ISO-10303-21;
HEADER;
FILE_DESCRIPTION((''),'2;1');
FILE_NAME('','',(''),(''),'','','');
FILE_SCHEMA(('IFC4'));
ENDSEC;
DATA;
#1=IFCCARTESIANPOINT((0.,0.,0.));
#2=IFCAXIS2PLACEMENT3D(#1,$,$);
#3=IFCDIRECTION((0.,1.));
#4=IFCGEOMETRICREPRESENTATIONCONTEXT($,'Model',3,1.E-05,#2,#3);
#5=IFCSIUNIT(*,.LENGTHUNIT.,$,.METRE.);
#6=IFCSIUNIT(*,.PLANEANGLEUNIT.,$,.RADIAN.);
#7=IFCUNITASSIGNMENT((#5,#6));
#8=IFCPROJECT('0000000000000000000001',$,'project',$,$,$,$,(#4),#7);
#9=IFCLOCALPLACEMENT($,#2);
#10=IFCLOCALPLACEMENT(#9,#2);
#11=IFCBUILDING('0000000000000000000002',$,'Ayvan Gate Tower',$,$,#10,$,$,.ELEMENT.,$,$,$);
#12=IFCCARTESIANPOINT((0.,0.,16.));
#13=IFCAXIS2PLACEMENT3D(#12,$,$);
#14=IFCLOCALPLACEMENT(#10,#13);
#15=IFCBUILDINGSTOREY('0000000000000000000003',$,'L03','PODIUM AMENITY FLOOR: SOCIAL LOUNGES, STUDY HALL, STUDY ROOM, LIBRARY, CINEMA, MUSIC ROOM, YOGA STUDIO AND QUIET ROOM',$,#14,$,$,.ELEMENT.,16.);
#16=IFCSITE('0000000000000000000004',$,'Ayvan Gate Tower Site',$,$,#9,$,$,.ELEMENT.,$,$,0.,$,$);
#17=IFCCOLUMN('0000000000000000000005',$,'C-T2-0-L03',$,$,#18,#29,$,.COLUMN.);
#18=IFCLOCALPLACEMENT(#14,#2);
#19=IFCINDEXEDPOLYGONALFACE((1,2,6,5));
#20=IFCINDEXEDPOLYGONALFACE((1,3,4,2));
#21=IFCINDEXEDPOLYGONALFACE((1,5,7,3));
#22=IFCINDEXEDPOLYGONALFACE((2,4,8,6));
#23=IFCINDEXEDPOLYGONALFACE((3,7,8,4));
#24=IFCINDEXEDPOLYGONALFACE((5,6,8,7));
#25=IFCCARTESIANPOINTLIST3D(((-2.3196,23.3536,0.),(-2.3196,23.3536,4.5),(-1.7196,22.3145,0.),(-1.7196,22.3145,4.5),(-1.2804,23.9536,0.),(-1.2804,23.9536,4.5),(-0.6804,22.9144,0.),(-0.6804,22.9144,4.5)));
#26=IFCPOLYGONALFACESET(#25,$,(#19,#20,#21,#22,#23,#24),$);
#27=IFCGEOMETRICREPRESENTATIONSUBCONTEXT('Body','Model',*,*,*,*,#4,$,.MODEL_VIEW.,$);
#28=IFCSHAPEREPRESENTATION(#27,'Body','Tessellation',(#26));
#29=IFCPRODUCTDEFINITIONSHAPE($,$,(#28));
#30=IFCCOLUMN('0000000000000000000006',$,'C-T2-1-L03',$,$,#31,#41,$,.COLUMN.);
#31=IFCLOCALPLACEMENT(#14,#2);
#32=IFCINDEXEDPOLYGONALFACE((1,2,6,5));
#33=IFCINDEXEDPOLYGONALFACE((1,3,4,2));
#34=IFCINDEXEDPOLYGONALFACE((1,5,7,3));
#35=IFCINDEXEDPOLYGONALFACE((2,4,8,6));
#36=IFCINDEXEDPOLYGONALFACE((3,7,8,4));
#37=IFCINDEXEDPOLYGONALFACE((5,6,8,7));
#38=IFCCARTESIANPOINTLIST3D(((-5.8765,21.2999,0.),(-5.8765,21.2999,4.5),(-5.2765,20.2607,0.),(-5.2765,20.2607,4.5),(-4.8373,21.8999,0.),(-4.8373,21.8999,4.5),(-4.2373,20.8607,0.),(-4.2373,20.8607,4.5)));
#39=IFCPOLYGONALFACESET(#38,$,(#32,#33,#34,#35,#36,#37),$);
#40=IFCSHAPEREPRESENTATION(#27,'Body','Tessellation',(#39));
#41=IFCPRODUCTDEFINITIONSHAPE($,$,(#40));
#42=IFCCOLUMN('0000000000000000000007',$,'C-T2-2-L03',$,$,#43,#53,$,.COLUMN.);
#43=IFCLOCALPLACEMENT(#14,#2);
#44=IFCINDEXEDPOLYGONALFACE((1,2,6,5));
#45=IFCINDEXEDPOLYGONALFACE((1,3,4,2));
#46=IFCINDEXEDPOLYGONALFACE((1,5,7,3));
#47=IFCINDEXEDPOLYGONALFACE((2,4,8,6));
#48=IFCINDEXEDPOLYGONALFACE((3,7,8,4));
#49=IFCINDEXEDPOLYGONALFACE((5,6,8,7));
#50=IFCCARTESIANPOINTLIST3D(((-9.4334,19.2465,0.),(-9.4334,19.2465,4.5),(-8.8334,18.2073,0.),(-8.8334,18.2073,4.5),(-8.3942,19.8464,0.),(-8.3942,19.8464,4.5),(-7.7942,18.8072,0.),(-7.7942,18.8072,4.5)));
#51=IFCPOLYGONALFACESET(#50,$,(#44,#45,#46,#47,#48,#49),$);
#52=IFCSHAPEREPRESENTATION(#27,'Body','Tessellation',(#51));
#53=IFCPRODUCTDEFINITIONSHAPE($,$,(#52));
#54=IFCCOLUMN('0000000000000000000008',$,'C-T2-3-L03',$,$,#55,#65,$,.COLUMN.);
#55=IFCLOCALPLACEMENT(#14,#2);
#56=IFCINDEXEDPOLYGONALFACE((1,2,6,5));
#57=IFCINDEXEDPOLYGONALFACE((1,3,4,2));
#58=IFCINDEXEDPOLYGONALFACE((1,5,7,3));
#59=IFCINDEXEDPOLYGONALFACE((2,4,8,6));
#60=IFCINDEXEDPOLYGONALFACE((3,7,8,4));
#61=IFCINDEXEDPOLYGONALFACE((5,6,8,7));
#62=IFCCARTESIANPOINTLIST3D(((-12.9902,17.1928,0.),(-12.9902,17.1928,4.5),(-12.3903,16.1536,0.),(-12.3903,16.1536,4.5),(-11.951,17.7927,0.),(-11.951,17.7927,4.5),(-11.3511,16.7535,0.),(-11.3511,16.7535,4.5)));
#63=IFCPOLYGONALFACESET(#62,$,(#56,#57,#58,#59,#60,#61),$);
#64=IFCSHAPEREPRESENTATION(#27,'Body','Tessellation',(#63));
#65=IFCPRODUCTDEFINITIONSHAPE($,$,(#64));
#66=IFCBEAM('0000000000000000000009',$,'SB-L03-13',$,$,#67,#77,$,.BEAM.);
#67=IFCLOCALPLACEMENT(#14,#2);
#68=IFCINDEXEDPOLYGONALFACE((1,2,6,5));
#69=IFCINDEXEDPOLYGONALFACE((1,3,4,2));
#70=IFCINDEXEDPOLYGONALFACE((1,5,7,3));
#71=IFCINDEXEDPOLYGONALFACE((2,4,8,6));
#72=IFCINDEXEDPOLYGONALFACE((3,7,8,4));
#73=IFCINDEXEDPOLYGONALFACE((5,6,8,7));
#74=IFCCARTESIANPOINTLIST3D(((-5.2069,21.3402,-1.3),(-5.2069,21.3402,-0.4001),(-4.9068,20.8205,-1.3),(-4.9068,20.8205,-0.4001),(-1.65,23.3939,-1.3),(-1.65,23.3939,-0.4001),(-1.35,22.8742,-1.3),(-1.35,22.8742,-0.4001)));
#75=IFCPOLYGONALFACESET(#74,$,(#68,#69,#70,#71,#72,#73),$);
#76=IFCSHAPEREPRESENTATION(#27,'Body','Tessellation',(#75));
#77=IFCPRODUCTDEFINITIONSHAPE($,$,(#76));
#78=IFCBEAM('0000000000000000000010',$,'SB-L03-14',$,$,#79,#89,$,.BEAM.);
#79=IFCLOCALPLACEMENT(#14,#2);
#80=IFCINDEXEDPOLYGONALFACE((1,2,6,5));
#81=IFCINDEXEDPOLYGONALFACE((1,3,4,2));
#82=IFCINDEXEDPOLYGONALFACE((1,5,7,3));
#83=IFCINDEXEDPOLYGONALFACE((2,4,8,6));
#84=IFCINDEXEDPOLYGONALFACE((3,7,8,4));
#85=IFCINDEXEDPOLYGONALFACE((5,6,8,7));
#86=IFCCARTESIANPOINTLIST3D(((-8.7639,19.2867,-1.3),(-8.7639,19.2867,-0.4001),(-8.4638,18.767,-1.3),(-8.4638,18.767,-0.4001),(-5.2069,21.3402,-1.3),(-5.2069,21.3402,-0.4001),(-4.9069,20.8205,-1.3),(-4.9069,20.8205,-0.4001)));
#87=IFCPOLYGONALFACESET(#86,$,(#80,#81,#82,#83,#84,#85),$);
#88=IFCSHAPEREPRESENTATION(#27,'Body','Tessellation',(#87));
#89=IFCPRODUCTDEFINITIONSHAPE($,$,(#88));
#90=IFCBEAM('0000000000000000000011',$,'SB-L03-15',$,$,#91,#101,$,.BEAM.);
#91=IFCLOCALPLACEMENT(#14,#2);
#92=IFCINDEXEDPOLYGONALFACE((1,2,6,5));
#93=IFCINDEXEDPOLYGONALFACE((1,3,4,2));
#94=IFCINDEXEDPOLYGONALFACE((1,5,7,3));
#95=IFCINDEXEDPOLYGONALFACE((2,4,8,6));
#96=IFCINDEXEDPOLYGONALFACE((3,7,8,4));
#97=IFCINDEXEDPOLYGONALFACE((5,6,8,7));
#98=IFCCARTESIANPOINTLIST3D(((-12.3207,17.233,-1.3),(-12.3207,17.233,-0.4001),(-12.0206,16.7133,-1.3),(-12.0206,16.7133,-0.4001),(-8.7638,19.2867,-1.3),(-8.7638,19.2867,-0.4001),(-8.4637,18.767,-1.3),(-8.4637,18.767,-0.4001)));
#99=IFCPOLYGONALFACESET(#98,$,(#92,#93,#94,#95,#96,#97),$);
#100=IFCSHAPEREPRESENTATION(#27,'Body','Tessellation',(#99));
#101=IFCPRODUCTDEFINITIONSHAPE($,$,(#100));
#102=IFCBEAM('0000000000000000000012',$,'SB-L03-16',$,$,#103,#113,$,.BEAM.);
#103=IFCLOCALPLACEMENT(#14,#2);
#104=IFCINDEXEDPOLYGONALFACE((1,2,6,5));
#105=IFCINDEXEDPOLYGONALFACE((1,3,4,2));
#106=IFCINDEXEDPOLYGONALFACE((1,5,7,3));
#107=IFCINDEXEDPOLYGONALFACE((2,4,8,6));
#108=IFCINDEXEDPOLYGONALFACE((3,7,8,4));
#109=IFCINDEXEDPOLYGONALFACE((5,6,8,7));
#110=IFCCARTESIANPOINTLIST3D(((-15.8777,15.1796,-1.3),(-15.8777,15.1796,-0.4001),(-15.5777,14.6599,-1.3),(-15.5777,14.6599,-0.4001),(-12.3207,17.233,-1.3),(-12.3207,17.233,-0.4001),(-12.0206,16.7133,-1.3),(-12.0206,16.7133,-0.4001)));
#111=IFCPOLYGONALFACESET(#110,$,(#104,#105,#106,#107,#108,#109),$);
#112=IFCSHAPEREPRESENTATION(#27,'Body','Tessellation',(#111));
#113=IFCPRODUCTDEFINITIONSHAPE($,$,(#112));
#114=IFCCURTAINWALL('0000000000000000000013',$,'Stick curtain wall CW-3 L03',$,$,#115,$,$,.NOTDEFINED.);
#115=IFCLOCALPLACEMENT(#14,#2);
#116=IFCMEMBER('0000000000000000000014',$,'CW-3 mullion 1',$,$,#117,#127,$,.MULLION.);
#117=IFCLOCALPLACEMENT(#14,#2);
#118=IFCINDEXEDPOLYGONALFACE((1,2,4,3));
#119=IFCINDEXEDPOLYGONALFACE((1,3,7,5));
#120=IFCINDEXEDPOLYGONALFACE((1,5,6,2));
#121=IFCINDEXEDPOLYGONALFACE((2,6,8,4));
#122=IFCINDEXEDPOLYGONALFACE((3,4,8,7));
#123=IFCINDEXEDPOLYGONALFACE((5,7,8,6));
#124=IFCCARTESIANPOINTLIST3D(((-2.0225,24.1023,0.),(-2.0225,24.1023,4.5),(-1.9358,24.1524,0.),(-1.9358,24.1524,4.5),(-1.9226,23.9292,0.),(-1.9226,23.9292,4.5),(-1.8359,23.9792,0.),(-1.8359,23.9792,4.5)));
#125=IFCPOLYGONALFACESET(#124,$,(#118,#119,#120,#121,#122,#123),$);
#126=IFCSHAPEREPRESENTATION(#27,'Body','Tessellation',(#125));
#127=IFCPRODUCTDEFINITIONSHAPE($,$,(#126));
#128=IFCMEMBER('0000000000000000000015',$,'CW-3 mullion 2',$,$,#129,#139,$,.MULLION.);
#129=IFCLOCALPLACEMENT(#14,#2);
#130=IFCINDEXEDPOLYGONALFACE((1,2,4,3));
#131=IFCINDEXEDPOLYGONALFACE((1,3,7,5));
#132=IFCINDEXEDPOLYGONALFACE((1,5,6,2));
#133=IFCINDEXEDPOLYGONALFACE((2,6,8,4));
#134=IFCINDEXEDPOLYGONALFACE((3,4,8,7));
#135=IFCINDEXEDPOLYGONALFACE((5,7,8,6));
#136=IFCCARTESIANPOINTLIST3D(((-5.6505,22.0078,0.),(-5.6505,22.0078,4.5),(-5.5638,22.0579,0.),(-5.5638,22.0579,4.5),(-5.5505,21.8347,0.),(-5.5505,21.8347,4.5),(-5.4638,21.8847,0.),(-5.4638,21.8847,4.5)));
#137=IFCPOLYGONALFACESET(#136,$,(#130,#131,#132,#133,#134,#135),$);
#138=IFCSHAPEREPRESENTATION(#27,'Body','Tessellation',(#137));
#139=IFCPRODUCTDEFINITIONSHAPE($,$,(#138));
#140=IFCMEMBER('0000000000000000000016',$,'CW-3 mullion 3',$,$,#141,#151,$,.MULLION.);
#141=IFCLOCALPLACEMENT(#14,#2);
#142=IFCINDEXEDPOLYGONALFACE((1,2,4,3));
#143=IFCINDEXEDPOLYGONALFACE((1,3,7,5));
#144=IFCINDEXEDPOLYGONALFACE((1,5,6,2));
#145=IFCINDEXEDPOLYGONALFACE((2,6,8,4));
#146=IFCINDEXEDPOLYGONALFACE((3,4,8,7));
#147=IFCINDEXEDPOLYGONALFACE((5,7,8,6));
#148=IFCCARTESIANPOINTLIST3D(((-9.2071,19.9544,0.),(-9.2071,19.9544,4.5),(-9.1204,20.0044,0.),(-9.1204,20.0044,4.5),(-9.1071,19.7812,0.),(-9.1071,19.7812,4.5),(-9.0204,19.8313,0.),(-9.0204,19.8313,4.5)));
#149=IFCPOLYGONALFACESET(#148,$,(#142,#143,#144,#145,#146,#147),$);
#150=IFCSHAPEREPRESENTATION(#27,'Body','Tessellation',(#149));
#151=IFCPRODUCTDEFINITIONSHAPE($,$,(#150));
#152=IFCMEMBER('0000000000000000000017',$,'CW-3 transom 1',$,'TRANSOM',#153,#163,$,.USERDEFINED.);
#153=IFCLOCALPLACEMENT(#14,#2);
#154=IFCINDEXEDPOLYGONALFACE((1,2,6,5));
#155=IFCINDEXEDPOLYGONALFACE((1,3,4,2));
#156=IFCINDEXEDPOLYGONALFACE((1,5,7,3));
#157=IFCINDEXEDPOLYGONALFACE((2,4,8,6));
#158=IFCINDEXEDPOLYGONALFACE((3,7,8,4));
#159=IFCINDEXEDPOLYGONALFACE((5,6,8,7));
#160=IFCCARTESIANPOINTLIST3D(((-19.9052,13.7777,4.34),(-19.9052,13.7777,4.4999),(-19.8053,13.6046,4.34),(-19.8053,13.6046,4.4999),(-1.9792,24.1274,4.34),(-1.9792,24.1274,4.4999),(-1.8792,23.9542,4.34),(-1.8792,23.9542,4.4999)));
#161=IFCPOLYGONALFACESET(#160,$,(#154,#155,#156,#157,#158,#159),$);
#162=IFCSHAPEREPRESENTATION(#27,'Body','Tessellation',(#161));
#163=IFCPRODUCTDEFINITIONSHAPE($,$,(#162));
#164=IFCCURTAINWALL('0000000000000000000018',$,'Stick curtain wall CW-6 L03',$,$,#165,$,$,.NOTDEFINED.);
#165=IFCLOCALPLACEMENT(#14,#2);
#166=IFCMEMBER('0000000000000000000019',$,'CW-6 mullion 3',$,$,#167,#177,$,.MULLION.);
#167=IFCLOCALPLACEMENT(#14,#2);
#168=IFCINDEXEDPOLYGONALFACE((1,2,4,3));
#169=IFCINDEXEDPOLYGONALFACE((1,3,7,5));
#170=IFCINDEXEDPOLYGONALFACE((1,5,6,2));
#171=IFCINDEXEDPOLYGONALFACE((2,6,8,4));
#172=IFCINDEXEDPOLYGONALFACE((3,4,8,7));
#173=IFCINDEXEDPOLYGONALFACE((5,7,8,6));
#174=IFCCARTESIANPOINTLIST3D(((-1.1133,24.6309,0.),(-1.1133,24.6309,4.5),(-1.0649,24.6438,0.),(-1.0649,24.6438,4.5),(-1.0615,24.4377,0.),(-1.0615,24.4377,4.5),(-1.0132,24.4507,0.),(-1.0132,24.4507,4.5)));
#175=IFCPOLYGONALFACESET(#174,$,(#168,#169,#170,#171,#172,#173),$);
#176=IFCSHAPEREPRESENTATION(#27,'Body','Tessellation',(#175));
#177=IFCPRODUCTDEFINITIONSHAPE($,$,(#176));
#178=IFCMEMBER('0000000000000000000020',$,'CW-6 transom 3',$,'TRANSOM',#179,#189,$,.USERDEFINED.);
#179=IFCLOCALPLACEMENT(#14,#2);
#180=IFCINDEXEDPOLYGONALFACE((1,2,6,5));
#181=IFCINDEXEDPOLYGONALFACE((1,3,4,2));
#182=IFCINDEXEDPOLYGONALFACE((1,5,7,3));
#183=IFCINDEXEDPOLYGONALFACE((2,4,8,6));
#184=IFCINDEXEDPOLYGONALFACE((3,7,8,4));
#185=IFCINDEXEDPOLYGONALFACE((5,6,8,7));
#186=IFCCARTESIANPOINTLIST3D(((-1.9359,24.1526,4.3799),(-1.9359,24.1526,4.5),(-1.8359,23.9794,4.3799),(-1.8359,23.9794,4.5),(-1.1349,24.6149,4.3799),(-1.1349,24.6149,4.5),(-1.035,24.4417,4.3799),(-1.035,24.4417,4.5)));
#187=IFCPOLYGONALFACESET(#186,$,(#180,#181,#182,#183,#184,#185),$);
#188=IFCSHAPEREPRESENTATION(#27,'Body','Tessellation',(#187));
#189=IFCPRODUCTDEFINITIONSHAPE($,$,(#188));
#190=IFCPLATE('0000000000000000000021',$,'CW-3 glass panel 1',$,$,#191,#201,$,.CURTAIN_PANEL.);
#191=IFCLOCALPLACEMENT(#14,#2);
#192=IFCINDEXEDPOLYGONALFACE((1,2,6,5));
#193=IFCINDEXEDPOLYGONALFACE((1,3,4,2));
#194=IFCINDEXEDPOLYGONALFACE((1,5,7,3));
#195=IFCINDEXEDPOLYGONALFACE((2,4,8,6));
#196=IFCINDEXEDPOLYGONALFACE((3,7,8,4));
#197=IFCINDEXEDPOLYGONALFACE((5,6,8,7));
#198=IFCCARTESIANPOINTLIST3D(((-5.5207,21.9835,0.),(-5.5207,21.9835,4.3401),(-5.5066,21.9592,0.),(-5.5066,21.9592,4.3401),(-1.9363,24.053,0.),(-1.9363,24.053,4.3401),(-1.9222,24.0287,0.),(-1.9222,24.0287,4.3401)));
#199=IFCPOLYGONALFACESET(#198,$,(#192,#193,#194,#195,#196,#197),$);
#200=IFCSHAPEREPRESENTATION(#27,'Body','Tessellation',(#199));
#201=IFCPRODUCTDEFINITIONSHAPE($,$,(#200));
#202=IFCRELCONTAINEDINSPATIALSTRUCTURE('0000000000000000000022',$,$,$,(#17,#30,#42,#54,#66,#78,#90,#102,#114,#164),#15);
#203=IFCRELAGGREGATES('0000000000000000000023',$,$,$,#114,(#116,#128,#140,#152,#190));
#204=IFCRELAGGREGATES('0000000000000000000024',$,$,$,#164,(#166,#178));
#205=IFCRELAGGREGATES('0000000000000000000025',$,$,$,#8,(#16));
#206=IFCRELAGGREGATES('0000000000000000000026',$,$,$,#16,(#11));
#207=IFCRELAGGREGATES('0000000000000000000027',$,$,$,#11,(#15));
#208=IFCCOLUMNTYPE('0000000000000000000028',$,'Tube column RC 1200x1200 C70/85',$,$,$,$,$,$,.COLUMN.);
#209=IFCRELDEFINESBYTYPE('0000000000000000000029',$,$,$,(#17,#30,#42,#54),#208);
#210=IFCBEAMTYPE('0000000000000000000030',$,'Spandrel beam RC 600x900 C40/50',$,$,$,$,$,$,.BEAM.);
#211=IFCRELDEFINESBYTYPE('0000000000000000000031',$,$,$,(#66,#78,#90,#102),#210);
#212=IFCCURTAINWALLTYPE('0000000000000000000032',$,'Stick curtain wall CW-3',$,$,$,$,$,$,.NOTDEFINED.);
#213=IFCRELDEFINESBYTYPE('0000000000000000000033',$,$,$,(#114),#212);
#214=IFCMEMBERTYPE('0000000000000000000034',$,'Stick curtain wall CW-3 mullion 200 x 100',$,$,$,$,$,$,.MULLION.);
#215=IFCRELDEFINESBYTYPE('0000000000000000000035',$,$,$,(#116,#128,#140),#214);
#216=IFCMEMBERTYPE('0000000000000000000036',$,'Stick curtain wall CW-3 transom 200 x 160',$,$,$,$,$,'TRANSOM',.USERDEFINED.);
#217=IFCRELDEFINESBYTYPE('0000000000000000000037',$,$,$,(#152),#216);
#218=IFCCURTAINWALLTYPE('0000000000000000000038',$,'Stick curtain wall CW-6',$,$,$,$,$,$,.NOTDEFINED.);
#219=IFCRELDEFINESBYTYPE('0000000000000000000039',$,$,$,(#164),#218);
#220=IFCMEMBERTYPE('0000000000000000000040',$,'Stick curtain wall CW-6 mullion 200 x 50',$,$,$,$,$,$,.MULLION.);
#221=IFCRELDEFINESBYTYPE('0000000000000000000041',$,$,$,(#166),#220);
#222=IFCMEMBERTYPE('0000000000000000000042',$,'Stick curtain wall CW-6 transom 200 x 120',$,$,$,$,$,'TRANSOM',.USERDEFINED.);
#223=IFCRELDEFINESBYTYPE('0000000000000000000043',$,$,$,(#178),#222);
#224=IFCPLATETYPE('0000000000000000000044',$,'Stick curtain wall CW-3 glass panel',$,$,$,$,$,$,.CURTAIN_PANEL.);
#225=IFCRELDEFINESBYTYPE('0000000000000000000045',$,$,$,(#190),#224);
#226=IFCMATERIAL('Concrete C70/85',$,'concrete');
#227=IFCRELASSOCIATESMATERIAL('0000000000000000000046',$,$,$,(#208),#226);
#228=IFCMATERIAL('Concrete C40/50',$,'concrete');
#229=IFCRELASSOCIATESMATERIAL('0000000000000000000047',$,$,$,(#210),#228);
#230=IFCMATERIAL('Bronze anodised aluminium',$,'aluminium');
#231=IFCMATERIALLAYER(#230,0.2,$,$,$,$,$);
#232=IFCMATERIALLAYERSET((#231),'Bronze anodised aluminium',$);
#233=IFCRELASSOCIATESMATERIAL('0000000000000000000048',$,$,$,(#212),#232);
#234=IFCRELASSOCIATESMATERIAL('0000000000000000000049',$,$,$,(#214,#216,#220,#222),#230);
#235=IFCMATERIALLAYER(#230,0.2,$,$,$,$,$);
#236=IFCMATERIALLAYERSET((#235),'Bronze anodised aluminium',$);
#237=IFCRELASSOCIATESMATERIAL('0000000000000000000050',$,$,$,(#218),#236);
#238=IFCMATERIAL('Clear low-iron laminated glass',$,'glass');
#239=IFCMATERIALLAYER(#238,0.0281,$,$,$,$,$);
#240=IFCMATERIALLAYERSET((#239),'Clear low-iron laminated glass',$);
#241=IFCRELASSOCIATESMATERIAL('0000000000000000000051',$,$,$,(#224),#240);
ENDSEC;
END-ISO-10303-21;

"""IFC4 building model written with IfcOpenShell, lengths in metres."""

from ifc_helpers import new_model, si_unit, direction, frame, origin, origin_2d, place, context, subcontext, project, spatial, rectangle, extrude, material, layer, layer_set, material_profile, profile_set, type_object, element, aggregate, save


model = new_model("IFC4")

# Units and contexts
model_context = context("Model", 3, precision=1e-05, world=origin(), true_north=direction((0.0, 1.0)))
body_context = subcontext(model_context, "Body", "Model", "MODEL_VIEW")
ifc_project = project(units=[si_unit("LENGTHUNIT", "METRE"), si_unit("PLANEANGLEUNIT", "RADIAN")], contexts=[model_context])

# Site, building, storey
site_placement = place(None, origin())
site = spatial("IfcSite", under=ifc_project, at=site_placement, Name="Ayvan Gate Tower Site", CompositionType="ELEMENT", RefElevation=0.0)
building_placement = place(site_placement, origin())
building = spatial("IfcBuilding", under=site, at=building_placement, Name="Ayvan Gate Tower", CompositionType="ELEMENT")
storey_placement = place(building_placement, frame((0.0, 0.0, 16.0)))
storey = spatial("IfcBuildingStorey", under=building, at=storey_placement, Name="L03", Description="PODIUM AMENITY FLOOR: SOCIAL LOUNGES, STUDY HALL, STUDY ROOM, LIBRARY, CINEMA, MUSIC ROOM, YOGA STUDIO AND QUIET ROOM", CompositionType="ELEMENT", Elevation=16.0)

# Columns
ifc_material_1 = material(Name="Concrete C70/85", Category="concrete")
ifc_material_profile_1 = material_profile(ifc_material_1, rectangle(XDim=1.2, YDim=1.2, at=origin_2d()), Name="RC 1200x1200")
ifc_profile_set_1 = profile_set([ifc_material_profile_1], Name="Concrete C70/85")
column_type = type_object("IfcColumnType", Name="Tube column RC 1200x1200 C70/85", PredefinedType="COLUMN", material=ifc_profile_set_1)
for number, where, z_axis, x_axis, name in (
    (1, (-1.5, 23.134, 0.0), (0.0, 0.0, 1.0), (-0.5, 0.866025, 0.0), "C-T2-0-L03"),
    (2, (-5.0569, 21.0803, 0.0), (0.0, 0.0, 1.0), (-0.5, 0.866025, 0.0), "C-T2-1-L03"),
    (3, (-8.6138, 19.0269, 0.0), (0.0, 0.0, 1.0), (-0.5, 0.866025, 0.0), "C-T2-2-L03"),
    (4, (-12.1707, 16.9731, 0.0), (0.0, 0.0, 1.0), (-0.5, 0.866025, 0.0), "C-T2-3-L03"),
):
    element("IfcColumn", number, at=place(storey_placement, frame(where, z_axis=z_axis, x_axis=x_axis)), inside=storey, type_object=column_type, Name=name, PredefinedType="COLUMN", context=body_context, shape_type="SweptSolid", body=[
        extrude(rectangle(XDim=1.2, YDim=1.2, at=origin_2d()), origin(), (0.0, 0.0, 1.0), 4.5),
    ])

# Beams
ifc_material_2 = material(Name="Concrete C40/50", Category="concrete")
ifc_material_profile_2 = material_profile(ifc_material_2, rectangle(XDim=0.6001, YDim=0.8999, at=origin_2d()), Name="RC 600x900")
ifc_profile_set_2 = profile_set([ifc_material_profile_2], Name="Concrete C40/50")
beam_type = type_object("IfcBeamType", Name="Spandrel beam RC 600x900 C40/50", PredefinedType="BEAM", material=ifc_profile_set_2)
for number, where, z_axis, x_axis, name in (
    (5, (-1.5, 23.134, -0.8501), (-0.86601, -0.500026, 0.0), (0.500026, -0.86601, 0.0), "SB-L03-13"),
    (6, (-5.0569, 21.0803, -0.8501), (-0.866036, -0.499981, 0.0), (0.499981, -0.866036, 0.0), "SB-L03-14"),
    (7, (-8.6138, 19.0269, -0.8501), (-0.86601, -0.500026, 0.0), (0.500026, -0.86601, 0.0), "SB-L03-15"),
    (8, (-12.1707, 16.9731, -0.8501), (-0.866051, -0.499956, 0.0), (0.499956, -0.866051, 0.0), "SB-L03-16"),
):
    element("IfcBeam", number, at=place(storey_placement, frame(where, z_axis=z_axis, x_axis=x_axis)), inside=storey, type_object=beam_type, Name=name, PredefinedType="BEAM", context=body_context, shape_type="SweptSolid", body=[
        extrude(rectangle(XDim=0.6001, YDim=0.8999, at=origin_2d()), origin(), (0.0, 0.0, 1.0), 4.1072),
    ])

# Curtain walls, members
ifc_material_3 = material(Name="Bronze anodised aluminium", Category="aluminium")
ifc_layer_1 = layer(ifc_material_3, 0.2)
ifc_layer_set_1 = layer_set([ifc_layer_1], Name="Bronze anodised aluminium")
curtain_wall_type_1 = type_object("IfcCurtainWallType", Name="Stick curtain wall CW-3", PredefinedType="NOTDEFINED", material=ifc_layer_set_1)
curtain_wall_1_placement = place(storey_placement, origin())
curtain_wall_1 = element("IfcCurtainWall", 9, at=curtain_wall_1_placement, inside=storey, type_object=curtain_wall_type_1, Name="Stick curtain wall CW-3 L03", PredefinedType="NOTDEFINED")
ifc_material_profile_3 = material_profile(ifc_material_3, rectangle(XDim=0.2, YDim=0.1001, at=origin_2d()), Name="Stick curtain wall CW-3 mullion 200 x 100")
ifc_profile_set_3 = profile_set([ifc_material_profile_3], Name="Bronze anodised aluminium")
member_type_1 = type_object("IfcMemberType", Name="Stick curtain wall CW-3 mullion 200 x 100", PredefinedType="MULLION", material=ifc_profile_set_3)
member_1_placement = place(storey_placement, frame((-1.9292, 24.0408, 0.0), z_axis=(0.0, 0.0, 1.0), x_axis=(-0.5, 0.866025, 0.0)))
member_1 = element("IfcMember", 10, at=member_1_placement, type_object=member_type_1, Name="CW-3 mullion 1", PredefinedType="MULLION", context=body_context, shape_type="SweptSolid", body=[
    extrude(rectangle(XDim=0.2, YDim=0.1001, at=origin_2d()), origin(), (0.0, 0.0, 1.0), 4.5),
])
member_2_placement = place(storey_placement, frame((-5.5571, 21.9463, 0.0), z_axis=(0.0, 0.0, 1.0), x_axis=(-0.5, 0.866025, 0.0)))
member_2 = element("IfcMember", 11, at=member_2_placement, type_object=member_type_1, Name="CW-3 mullion 2", PredefinedType="MULLION", context=body_context, shape_type="SweptSolid", body=[
    extrude(rectangle(XDim=0.2, YDim=0.1001, at=origin_2d()), origin(), (0.0, 0.0, 1.0), 4.5),
])
member_3_placement = place(storey_placement, frame((-9.1138, 19.8928, 0.0), z_axis=(0.0, 0.0, 1.0), x_axis=(-0.5, 0.866025, 0.0)))
member_3 = element("IfcMember", 12, at=member_3_placement, type_object=member_type_1, Name="CW-3 mullion 3", PredefinedType="MULLION", context=body_context, shape_type="SweptSolid", body=[
    extrude(rectangle(XDim=0.2, YDim=0.1001, at=origin_2d()), origin(), (0.0, 0.0, 1.0), 4.5),
])
ifc_material_profile_4 = material_profile(ifc_material_3, rectangle(XDim=0.2, YDim=0.1599, at=origin_2d()), Name="Stick curtain wall CW-3 transom 200 x 160")
ifc_profile_set_4 = profile_set([ifc_material_profile_4], Name="Bronze anodised aluminium")
member_type_2 = type_object("IfcMemberType", Name="Stick curtain wall CW-3 transom 200 x 160", ElementType="TRANSOM", PredefinedType="USERDEFINED", material=ifc_profile_set_4)
member_4_placement = place(storey_placement, frame((-1.9292, 24.0408, 4.4199), z_axis=(-0.866025, -0.5, 0.0), x_axis=(0.5, -0.866025, 0.0)))
member_4 = element("IfcMember", 13, at=member_4_placement, type_object=member_type_2, Name="CW-3 transom 1", ObjectType="TRANSOM", PredefinedType="USERDEFINED", context=body_context, shape_type="SweptSolid", body=[
    extrude(rectangle(XDim=0.2, YDim=0.1599, at=origin_2d()), origin(), (0.0, 0.0, 1.0), 20.6992),
])
ifc_layer_2 = layer(ifc_material_3, 0.2)
ifc_layer_set_2 = layer_set([ifc_layer_2], Name="Bronze anodised aluminium")
curtain_wall_type_2 = type_object("IfcCurtainWallType", Name="Stick curtain wall CW-6", PredefinedType="NOTDEFINED", material=ifc_layer_set_2)
curtain_wall_2_placement = place(storey_placement, origin())
curtain_wall_2 = element("IfcCurtainWall", 14, at=curtain_wall_2_placement, inside=storey, type_object=curtain_wall_type_2, Name="Stick curtain wall CW-6 L03", PredefinedType="NOTDEFINED")
ifc_material_profile_5 = material_profile(ifc_material_3, rectangle(XDim=0.2, YDim=0.05, at=origin_2d()), Name="Stick curtain wall CW-6 mullion 200 x 50")
ifc_profile_set_5 = profile_set([ifc_material_profile_5], Name="Bronze anodised aluminium")
member_type_3 = type_object("IfcMemberType", Name="Stick curtain wall CW-6 mullion 200 x 50", PredefinedType="MULLION", material=ifc_profile_set_5)
member_5_placement = place(storey_placement, frame((-1.0632, 24.5408, 0.0), z_axis=(0.0, 0.0, 1.0), x_axis=(-0.258819, 0.965926, 0.0)))
member_5 = element("IfcMember", 15, at=member_5_placement, type_object=member_type_3, Name="CW-6 mullion 3", PredefinedType="MULLION", context=body_context, shape_type="SweptSolid", body=[
    extrude(rectangle(XDim=0.2, YDim=0.05, at=origin_2d()), origin(), (0.0, 0.0, 1.0), 4.5),
])
ifc_material_profile_6 = material_profile(ifc_material_3, rectangle(XDim=0.2, YDim=0.1201, at=origin_2d()), Name="Stick curtain wall CW-6 transom 200 x 120")
ifc_profile_set_6 = profile_set([ifc_material_profile_6], Name="Bronze anodised aluminium")
member_type_4 = type_object("IfcMemberType", Name="Stick curtain wall CW-6 transom 200 x 120", ElementType="TRANSOM", PredefinedType="USERDEFINED", material=ifc_profile_set_6)
member_6_placement = place(storey_placement, frame((-1.085, 24.5283, 4.4399), z_axis=(-0.866058, -0.499943, 0.0), x_axis=(0.499943, -0.866058, 0.0)))
member_6 = element("IfcMember", 16, at=member_6_placement, type_object=member_type_4, Name="CW-6 transom 3", ObjectType="TRANSOM", PredefinedType="USERDEFINED", context=body_context, shape_type="SweptSolid", body=[
    extrude(rectangle(XDim=0.2, YDim=0.1201, at=origin_2d()), origin(), (0.0, 0.0, 1.0), 0.9248),
])

# Plate
ifc_material_4 = material(Name="Clear low-iron laminated glass", Category="glass")
ifc_layer_3 = layer(ifc_material_4, 0.0281)
ifc_layer_set_3 = layer_set([ifc_layer_3], Name="Clear low-iron laminated glass")
plate_type_1 = type_object("IfcPlateType", Name="Stick curtain wall CW-3 glass panel", PredefinedType="CURTAIN_PANEL", material=ifc_layer_set_3)
plate_1_placement = place(storey_placement, frame((-3.7214, 23.0061, 0.0), z_axis=(0.0, 0.0, 1.0), x_axis=(-0.866025, -0.5, 0.0)))
plate_1 = element("IfcPlate", 17, at=plate_1_placement, type_object=plate_type_1, Name="CW-3 glass panel 1", PredefinedType="CURTAIN_PANEL", context=body_context, shape_type="SweptSolid", body=[
    extrude(rectangle(XDim=4.1389, YDim=0.0281, at=origin_2d()), origin(), (0.0, 0.0, 1.0), 4.3401),
])
aggregate(curtain_wall_1, [member_1, member_2, member_3, member_4, plate_1])
aggregate(curtain_wall_2, [member_5, member_6])

save(model, "model.ifc")
